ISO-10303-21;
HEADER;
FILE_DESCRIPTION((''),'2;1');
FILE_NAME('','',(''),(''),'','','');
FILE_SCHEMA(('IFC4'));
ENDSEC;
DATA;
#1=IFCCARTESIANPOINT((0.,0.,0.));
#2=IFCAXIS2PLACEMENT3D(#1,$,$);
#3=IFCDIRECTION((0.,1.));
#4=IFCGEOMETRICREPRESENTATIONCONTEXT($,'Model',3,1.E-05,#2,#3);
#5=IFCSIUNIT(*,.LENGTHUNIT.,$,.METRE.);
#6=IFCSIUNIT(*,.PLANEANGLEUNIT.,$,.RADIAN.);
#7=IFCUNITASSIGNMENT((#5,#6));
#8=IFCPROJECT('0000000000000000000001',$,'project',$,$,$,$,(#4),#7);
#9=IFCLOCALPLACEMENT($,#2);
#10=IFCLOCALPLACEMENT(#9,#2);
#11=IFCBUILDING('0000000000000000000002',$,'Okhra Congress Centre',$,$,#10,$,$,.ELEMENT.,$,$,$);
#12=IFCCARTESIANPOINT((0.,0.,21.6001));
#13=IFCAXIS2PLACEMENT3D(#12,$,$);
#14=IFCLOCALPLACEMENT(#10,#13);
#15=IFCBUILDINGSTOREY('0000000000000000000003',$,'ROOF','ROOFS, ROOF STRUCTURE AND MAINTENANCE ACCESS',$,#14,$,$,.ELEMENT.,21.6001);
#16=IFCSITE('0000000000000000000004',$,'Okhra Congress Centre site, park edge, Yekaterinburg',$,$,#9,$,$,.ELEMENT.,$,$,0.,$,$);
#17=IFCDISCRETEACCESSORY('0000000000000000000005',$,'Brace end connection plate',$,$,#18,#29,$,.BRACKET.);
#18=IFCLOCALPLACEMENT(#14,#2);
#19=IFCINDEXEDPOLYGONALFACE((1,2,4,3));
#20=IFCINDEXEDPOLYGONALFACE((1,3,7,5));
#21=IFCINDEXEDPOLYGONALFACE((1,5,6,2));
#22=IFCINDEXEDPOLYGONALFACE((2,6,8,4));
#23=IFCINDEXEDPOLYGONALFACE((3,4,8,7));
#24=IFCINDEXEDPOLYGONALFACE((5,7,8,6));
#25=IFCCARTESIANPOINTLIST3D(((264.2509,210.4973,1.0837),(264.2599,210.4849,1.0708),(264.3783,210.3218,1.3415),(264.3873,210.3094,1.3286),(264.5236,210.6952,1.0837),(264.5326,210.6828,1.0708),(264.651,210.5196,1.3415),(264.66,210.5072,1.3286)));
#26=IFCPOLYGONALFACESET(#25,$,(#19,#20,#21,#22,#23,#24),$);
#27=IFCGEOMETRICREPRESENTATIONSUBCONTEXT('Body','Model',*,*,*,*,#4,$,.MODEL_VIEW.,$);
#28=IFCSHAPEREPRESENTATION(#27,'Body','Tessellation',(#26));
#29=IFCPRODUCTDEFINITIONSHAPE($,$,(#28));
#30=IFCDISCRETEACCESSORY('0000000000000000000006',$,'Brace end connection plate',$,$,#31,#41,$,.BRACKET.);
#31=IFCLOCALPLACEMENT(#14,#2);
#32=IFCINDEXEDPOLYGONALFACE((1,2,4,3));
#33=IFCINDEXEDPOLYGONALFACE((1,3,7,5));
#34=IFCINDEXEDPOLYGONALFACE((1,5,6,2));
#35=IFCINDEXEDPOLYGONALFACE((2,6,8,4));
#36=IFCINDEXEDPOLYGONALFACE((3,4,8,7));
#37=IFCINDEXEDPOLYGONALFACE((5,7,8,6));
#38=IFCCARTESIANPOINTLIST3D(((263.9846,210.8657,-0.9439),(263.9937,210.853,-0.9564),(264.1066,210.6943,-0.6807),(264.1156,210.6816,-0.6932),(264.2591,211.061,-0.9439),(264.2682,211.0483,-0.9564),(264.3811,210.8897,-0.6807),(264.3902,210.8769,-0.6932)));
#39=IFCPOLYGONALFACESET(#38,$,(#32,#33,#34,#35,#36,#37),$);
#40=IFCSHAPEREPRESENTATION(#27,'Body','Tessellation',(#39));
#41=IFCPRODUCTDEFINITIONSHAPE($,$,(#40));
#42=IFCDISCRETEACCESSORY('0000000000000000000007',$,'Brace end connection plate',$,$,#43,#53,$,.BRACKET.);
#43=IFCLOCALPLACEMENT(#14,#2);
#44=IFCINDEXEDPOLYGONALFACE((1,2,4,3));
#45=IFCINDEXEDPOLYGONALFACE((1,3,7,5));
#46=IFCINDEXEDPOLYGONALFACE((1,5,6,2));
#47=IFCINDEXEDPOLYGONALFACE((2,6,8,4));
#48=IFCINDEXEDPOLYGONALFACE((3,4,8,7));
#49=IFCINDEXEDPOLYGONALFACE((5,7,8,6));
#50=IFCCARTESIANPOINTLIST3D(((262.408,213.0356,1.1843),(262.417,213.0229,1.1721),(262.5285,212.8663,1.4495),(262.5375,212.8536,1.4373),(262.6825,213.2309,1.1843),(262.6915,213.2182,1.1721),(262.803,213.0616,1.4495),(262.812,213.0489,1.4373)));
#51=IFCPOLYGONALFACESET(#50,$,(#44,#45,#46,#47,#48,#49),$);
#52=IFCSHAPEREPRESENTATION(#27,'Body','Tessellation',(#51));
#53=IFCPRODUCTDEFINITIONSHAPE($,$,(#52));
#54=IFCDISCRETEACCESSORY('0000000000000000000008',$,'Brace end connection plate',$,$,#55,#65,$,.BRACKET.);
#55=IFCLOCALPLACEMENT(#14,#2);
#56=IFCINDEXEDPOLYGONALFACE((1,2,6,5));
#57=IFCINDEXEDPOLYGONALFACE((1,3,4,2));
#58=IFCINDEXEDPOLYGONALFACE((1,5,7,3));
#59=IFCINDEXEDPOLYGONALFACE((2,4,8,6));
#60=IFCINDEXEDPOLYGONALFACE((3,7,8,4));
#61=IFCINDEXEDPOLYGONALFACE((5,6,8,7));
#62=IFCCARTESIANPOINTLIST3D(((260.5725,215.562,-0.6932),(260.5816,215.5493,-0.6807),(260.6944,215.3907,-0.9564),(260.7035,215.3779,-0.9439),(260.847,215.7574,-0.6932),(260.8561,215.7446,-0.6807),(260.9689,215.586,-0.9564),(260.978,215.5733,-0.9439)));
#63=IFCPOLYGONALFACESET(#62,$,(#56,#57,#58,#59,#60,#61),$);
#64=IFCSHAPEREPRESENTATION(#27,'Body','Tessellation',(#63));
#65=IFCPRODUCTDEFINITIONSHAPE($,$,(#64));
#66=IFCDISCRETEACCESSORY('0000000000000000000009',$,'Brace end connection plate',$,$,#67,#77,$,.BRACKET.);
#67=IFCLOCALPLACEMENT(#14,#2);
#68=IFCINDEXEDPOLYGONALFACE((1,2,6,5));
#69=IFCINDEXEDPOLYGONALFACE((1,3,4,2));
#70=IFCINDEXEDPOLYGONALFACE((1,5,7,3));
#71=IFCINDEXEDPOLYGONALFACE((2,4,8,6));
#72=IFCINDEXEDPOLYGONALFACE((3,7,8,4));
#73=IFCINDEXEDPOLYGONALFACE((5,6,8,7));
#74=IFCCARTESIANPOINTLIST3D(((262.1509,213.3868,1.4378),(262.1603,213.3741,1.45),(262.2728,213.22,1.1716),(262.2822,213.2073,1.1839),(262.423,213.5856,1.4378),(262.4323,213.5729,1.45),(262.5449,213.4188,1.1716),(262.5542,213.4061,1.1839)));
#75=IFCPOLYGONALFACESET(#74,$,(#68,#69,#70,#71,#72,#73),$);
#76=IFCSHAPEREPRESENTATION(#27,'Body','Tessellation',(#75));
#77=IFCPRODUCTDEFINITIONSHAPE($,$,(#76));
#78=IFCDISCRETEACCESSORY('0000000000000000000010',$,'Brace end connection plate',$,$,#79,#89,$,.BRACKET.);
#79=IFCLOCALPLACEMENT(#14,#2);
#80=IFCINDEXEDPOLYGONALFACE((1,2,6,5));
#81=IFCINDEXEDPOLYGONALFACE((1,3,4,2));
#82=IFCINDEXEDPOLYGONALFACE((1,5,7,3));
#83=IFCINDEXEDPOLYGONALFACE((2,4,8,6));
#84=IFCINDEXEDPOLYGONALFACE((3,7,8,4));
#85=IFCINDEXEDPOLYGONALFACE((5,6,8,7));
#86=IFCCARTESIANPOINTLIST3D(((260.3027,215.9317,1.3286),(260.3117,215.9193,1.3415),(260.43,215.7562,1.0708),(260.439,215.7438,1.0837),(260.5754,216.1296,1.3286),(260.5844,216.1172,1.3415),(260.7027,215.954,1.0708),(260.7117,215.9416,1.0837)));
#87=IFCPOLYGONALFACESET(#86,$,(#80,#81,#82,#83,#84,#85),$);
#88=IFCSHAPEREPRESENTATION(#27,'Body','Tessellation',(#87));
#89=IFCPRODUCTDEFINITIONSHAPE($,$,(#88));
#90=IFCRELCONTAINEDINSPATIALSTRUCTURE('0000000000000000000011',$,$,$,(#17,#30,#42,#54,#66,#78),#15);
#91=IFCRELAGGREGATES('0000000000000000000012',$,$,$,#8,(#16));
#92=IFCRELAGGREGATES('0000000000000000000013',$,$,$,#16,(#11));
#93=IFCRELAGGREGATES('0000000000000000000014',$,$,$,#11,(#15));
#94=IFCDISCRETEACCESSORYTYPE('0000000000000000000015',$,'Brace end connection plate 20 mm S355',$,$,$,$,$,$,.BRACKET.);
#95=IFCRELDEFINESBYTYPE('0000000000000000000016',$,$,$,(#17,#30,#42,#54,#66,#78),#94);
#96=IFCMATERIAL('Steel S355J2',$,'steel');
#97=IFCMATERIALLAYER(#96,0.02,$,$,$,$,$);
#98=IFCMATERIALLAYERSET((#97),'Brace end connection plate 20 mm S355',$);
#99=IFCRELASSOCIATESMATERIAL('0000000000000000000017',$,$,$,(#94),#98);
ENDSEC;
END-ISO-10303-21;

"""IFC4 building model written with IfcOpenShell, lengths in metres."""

from ifc_helpers import new_model, si_unit, direction, frame, origin, origin_2d, place, context, subcontext, project, spatial, rectangle, extrude, material, layer, layer_set, type_object, element, save


model = new_model("IFC4")

# Units and contexts
model_context = context("Model", 3, precision=1e-05, world=origin(), true_north=direction((0.0, 1.0)))
body_context = subcontext(model_context, "Body", "Model", "MODEL_VIEW")
ifc_project = project(units=[si_unit("LENGTHUNIT", "METRE"), si_unit("PLANEANGLEUNIT", "RADIAN")], contexts=[model_context])

# Site, building, storey
site_placement = place(None, origin())
site = spatial("IfcSite", under=ifc_project, at=site_placement, Name="Okhra Congress Centre site, park edge, Yekaterinburg", CompositionType="ELEMENT", RefElevation=0.0)
building_placement = place(site_placement, origin())
building = spatial("IfcBuilding", under=site, at=building_placement, Name="Okhra Congress Centre", CompositionType="ELEMENT")
storey_placement = place(building_placement, frame((0.0, 0.0, 21.6001)))
storey = spatial("IfcBuildingStorey", under=building, at=storey_placement, Name="ROOF", Description="ROOFS, ROOF STRUCTURE AND MAINTENANCE ACCESS", CompositionType="ELEMENT", Elevation=21.6001)

# Shared definitions
ifc_material_1 = material(Name="Steel S355J2", Category="steel")

# Discrete accessories
ifc_layer_1 = layer(ifc_material_1, 0.02)
ifc_layer_set_1 = layer_set([ifc_layer_1], Name="Brace end connection plate 20 mm S355")
discrete_accessory_type = type_object("IfcDiscreteAccessoryType", Name="Brace end connection plate 20 mm S355", PredefinedType="BRACKET", material=ifc_layer_set_1)
for number, where, z_axis, x_axis, name in (
    (1, (264.46, 210.4961, 1.1997), (-0.449385, 0.619423, 0.643714), (-0.809422, -0.587228, 0.0), "Brace end connection plate"),
    (2, (264.1829, 210.8777, -0.8123), (0.452907, -0.636517, -0.624277), (0.814791, 0.579755, 0.0), "Brace end connection plate"),
):
    element("IfcDiscreteAccessory", number, at=place(storey_placement, frame(where, z_axis=z_axis, x_axis=x_axis)), inside=storey, type_object=discrete_accessory_type, Name=name, PredefinedType="BRACKET", context=body_context, shape_type="SweptSolid", body=[
        extrude(rectangle(XDim=0.3369, YDim=0.3369, at=origin_2d()), origin(), (0.0, 0.0, 1.0), 0.02),
    ])
discrete_accessory_placement = place(storey_placement, frame((262.6145, 213.0359, 1.3047), z_axis=(-0.456373, 0.641389, 0.61672), x_axis=(-0.814791, -0.579755, 0.0)))
element("IfcDiscreteAccessory", 3, at=discrete_accessory_placement, inside=storey, type_object=discrete_accessory_type, Name="Brace end connection plate", PredefinedType="BRACKET", context=body_context, shape_type="SweptSolid", body=[
    extrude(rectangle(XDim=0.3369, YDim=0.3369, at=origin_2d()), origin(), (0.0, 0.0, 1.0), 0.0198),
])
for number, where, z_axis, x_axis, name in (
    (4, (260.7798, 215.5613, -0.8123), (-0.452907, 0.636517, -0.624277), (-0.814791, -0.579755, 0.0), "Brace end connection plate"),
    (5, (262.3479, 213.4028, 1.3047), (0.466056, -0.637761, 0.613232), (0.807391, 0.590017, 0.0), "Brace end connection plate"),
    (6, (260.5027, 215.9429, 1.1997), (0.449385, -0.619423, 0.643714), (0.809422, 0.587228, 0.0), "Brace end connection plate"),
):
    element("IfcDiscreteAccessory", number, at=place(storey_placement, frame(where, z_axis=z_axis, x_axis=x_axis)), inside=storey, type_object=discrete_accessory_type, Name=name, PredefinedType="BRACKET", context=body_context, shape_type="SweptSolid", body=[
        extrude(rectangle(XDim=0.3369, YDim=0.3369, at=origin_2d()), origin(), (0.0, 0.0, 1.0), 0.02),
    ])

save(model, "model.ifc")
